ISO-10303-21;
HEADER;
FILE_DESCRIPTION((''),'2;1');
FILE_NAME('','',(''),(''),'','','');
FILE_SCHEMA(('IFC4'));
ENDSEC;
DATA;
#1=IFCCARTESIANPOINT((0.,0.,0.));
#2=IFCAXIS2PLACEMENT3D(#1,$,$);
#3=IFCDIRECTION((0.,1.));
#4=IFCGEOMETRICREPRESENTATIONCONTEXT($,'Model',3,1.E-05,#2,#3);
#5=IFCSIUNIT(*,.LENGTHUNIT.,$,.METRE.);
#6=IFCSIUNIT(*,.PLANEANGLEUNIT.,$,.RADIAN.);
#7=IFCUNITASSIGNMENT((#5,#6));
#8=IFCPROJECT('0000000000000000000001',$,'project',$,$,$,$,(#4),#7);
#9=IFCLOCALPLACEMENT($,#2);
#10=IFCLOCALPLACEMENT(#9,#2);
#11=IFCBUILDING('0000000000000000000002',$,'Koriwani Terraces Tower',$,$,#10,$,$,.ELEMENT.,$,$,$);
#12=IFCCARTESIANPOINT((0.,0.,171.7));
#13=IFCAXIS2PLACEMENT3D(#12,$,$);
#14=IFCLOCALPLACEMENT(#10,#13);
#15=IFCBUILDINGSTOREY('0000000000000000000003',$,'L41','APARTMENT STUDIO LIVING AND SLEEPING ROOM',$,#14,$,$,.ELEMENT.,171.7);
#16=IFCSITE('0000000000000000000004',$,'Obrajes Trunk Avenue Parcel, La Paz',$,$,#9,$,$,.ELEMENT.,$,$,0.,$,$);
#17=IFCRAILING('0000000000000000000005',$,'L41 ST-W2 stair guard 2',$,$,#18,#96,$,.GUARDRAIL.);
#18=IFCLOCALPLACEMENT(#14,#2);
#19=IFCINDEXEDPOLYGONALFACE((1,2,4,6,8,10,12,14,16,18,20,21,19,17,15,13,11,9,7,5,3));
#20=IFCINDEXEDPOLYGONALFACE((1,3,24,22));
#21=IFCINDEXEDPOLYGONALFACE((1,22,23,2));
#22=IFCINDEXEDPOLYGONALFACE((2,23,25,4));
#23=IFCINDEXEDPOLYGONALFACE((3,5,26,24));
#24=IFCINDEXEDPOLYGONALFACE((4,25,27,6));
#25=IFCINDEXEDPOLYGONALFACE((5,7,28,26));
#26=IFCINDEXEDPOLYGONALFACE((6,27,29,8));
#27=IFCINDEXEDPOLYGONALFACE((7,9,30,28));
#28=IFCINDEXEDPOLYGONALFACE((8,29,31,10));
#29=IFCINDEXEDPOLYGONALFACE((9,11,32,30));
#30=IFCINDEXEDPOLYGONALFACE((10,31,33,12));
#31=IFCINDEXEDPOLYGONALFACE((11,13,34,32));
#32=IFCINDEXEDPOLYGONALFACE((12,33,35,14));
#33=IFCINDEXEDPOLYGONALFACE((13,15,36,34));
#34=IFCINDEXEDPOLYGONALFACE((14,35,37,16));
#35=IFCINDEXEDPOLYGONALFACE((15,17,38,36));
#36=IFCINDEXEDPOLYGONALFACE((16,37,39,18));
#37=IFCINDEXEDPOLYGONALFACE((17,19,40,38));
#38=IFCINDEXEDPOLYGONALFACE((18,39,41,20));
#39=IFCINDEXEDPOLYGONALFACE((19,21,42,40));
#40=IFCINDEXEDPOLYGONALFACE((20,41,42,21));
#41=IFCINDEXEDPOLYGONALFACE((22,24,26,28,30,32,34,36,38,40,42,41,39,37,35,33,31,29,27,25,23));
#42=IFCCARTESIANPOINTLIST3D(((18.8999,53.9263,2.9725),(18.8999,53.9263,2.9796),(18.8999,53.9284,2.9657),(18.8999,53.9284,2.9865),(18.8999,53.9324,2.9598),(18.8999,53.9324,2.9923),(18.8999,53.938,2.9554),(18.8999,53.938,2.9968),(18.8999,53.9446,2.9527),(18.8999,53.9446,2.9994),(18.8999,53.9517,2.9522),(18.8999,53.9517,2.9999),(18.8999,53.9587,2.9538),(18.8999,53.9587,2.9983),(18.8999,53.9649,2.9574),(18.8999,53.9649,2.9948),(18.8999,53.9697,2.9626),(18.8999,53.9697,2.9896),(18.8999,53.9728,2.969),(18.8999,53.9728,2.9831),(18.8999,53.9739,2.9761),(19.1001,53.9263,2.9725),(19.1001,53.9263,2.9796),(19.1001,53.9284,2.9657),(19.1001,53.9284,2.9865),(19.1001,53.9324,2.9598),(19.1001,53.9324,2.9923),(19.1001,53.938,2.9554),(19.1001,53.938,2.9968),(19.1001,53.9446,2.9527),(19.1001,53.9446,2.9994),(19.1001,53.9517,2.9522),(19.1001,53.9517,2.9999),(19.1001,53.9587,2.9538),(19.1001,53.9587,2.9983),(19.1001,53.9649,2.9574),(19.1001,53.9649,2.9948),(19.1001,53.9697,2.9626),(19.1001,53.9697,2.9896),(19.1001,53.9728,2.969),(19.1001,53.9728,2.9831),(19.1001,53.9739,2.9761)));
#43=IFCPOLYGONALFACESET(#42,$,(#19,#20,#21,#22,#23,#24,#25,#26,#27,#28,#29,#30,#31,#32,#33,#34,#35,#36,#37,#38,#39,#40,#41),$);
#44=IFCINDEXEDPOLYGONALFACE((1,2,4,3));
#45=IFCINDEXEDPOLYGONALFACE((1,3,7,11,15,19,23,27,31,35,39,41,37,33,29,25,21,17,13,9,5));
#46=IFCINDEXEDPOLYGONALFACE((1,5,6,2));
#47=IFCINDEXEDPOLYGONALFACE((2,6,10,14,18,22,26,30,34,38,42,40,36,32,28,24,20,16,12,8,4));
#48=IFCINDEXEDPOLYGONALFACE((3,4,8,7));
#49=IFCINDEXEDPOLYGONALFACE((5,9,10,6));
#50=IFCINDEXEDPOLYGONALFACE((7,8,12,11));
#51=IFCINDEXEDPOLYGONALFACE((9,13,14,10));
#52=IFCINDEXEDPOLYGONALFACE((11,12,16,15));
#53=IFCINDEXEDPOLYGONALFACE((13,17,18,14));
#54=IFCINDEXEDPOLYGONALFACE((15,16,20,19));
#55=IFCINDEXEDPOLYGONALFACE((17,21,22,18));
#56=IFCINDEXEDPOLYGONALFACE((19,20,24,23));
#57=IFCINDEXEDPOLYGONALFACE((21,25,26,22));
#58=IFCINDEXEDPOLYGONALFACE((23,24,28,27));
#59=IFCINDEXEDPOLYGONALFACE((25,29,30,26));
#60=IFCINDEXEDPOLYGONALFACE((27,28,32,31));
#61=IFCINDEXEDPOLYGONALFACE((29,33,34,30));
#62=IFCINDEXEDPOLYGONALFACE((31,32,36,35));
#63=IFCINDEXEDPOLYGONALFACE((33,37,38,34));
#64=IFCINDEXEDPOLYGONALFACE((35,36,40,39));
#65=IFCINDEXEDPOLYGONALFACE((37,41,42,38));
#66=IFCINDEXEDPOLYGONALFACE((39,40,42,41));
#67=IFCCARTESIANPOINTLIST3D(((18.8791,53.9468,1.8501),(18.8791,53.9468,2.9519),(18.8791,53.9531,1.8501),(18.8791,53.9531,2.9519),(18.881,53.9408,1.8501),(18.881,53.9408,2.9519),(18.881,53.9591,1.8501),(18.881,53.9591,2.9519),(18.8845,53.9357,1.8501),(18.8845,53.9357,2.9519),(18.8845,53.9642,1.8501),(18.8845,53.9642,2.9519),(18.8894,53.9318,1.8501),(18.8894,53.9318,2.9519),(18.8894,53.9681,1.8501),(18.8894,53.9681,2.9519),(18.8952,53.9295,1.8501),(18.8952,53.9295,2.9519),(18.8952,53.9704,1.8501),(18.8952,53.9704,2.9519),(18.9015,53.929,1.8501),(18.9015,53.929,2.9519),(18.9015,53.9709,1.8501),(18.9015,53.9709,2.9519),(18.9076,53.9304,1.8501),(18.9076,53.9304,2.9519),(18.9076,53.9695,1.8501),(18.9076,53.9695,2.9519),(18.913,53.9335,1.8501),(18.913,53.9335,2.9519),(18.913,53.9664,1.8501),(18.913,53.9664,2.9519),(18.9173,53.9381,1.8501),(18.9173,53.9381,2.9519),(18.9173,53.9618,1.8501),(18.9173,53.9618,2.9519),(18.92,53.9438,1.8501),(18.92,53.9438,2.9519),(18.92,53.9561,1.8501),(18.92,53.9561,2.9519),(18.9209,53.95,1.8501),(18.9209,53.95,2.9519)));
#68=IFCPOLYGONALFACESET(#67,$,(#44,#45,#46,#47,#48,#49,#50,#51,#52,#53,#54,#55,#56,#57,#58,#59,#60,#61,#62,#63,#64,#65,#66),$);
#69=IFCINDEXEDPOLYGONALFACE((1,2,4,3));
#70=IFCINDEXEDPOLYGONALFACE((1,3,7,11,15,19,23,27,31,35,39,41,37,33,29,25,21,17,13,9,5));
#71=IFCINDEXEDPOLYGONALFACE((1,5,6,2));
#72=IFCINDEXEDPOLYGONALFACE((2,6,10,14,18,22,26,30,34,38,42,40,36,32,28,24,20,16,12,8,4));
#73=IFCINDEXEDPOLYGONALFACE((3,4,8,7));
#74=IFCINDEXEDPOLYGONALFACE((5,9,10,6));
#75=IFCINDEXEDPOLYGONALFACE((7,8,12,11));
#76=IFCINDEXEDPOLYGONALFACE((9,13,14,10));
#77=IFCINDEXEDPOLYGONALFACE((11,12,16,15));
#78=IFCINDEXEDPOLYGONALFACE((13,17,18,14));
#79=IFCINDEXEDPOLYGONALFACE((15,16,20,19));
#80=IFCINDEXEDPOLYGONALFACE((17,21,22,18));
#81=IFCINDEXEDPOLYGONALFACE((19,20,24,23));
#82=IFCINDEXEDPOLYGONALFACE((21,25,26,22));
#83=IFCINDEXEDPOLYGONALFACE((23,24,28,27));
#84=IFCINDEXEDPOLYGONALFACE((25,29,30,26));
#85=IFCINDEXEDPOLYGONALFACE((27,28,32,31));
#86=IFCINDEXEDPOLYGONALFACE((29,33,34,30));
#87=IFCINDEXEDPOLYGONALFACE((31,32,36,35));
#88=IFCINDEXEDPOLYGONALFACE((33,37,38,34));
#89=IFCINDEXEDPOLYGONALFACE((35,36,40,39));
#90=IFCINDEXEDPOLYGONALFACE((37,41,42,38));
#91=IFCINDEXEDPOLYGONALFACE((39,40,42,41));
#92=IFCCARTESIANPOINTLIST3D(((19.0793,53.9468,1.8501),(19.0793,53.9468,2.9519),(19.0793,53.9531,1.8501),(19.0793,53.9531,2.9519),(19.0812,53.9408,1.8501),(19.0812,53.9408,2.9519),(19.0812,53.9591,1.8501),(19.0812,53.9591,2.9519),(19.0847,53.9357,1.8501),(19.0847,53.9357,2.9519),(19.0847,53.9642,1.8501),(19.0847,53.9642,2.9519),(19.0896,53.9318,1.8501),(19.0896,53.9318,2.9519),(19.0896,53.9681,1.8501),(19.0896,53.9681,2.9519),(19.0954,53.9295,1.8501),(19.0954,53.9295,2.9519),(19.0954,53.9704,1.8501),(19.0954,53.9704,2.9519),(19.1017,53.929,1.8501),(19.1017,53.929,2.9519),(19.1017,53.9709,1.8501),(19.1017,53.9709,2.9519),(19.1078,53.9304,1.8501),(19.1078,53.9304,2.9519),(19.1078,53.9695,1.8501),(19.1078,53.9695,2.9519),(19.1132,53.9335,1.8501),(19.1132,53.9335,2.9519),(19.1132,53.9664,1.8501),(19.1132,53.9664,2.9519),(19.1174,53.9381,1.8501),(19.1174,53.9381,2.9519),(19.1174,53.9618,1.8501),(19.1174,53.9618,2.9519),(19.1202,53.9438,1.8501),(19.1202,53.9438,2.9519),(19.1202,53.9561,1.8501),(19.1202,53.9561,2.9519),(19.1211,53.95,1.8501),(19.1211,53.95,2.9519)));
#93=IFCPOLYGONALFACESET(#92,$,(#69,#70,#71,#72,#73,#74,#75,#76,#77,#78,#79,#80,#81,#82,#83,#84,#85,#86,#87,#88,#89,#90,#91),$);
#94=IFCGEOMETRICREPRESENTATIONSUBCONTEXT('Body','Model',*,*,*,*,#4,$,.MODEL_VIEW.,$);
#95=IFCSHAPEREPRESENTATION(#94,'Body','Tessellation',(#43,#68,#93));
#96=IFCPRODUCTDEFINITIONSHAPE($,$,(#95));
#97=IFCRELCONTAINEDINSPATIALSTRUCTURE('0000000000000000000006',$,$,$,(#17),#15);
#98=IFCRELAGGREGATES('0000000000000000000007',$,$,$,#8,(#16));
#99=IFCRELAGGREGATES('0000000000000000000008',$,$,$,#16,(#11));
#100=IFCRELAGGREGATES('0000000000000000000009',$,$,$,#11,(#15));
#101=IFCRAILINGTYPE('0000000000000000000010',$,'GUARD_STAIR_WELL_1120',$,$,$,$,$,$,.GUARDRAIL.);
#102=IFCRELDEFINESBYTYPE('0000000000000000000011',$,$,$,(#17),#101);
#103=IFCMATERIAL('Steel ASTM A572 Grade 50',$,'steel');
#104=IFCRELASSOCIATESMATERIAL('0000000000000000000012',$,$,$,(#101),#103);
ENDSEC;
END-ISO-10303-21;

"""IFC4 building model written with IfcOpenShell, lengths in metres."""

from ifc_helpers import new_model, si_unit, direction, frame, origin, origin_2d, place, context, subcontext, project, spatial, circle, extrude, material, type_object, element, save


model = new_model("IFC4")

# Units and contexts
model_context = context("Model", 3, precision=1e-05, world=origin(), true_north=direction((0.0, 1.0)))
body_context = subcontext(model_context, "Body", "Model", "MODEL_VIEW")
ifc_project = project(units=[si_unit("LENGTHUNIT", "METRE"), si_unit("PLANEANGLEUNIT", "RADIAN")], contexts=[model_context])

# Site, building, storey
site_placement = place(None, origin())
site = spatial("IfcSite", under=ifc_project, at=site_placement, Name="Obrajes Trunk Avenue Parcel, La Paz", CompositionType="ELEMENT", RefElevation=0.0)
building_placement = place(site_placement, origin())
building = spatial("IfcBuilding", under=site, at=building_placement, Name="Koriwani Terraces Tower", CompositionType="ELEMENT")
storey_placement = place(building_placement, frame((0.0, 0.0, 171.7)))
storey = spatial("IfcBuildingStorey", under=building, at=storey_placement, Name="L41", Description="APARTMENT STUDIO LIVING AND SLEEPING ROOM", CompositionType="ELEMENT", Elevation=171.7)

# Shared definitions
ifc_material_1 = material(Name="Steel ASTM A572 Grade 50", Category="steel")

# Railing
railing_type_1 = type_object("IfcRailingType", Name="GUARD_STAIR_WELL_1120", PredefinedType="GUARDRAIL", material=ifc_material_1)
railing_1_placement = place(storey_placement, frame((18.8999, 53.95, 1.8501)))
element("IfcRailing", 1, at=railing_1_placement, inside=storey, type_object=railing_type_1, Name="L41 ST-W2 stair guard 2", PredefinedType="GUARDRAIL", context=body_context, shape_type="SweptSolid", body=[
    extrude(circle(Radius=0.0239, at=origin_2d()), frame((0.0, 0.0, 1.126), z_axis=(1.0, 0.0, 0.0), x_axis=(0.0, 1.0, 0.0)), (0.0, 0.0, 1.0), 0.2002),
    extrude(circle(Radius=0.021, at=origin_2d()), origin(), (0.0, 0.0, 1.0), 1.1018),
    extrude(circle(Radius=0.021, at=origin_2d()), frame((0.2002, 0.0, 0.0)), (0.0, 0.0, 1.0), 1.1018),
])

save(model, "model.ifc")
